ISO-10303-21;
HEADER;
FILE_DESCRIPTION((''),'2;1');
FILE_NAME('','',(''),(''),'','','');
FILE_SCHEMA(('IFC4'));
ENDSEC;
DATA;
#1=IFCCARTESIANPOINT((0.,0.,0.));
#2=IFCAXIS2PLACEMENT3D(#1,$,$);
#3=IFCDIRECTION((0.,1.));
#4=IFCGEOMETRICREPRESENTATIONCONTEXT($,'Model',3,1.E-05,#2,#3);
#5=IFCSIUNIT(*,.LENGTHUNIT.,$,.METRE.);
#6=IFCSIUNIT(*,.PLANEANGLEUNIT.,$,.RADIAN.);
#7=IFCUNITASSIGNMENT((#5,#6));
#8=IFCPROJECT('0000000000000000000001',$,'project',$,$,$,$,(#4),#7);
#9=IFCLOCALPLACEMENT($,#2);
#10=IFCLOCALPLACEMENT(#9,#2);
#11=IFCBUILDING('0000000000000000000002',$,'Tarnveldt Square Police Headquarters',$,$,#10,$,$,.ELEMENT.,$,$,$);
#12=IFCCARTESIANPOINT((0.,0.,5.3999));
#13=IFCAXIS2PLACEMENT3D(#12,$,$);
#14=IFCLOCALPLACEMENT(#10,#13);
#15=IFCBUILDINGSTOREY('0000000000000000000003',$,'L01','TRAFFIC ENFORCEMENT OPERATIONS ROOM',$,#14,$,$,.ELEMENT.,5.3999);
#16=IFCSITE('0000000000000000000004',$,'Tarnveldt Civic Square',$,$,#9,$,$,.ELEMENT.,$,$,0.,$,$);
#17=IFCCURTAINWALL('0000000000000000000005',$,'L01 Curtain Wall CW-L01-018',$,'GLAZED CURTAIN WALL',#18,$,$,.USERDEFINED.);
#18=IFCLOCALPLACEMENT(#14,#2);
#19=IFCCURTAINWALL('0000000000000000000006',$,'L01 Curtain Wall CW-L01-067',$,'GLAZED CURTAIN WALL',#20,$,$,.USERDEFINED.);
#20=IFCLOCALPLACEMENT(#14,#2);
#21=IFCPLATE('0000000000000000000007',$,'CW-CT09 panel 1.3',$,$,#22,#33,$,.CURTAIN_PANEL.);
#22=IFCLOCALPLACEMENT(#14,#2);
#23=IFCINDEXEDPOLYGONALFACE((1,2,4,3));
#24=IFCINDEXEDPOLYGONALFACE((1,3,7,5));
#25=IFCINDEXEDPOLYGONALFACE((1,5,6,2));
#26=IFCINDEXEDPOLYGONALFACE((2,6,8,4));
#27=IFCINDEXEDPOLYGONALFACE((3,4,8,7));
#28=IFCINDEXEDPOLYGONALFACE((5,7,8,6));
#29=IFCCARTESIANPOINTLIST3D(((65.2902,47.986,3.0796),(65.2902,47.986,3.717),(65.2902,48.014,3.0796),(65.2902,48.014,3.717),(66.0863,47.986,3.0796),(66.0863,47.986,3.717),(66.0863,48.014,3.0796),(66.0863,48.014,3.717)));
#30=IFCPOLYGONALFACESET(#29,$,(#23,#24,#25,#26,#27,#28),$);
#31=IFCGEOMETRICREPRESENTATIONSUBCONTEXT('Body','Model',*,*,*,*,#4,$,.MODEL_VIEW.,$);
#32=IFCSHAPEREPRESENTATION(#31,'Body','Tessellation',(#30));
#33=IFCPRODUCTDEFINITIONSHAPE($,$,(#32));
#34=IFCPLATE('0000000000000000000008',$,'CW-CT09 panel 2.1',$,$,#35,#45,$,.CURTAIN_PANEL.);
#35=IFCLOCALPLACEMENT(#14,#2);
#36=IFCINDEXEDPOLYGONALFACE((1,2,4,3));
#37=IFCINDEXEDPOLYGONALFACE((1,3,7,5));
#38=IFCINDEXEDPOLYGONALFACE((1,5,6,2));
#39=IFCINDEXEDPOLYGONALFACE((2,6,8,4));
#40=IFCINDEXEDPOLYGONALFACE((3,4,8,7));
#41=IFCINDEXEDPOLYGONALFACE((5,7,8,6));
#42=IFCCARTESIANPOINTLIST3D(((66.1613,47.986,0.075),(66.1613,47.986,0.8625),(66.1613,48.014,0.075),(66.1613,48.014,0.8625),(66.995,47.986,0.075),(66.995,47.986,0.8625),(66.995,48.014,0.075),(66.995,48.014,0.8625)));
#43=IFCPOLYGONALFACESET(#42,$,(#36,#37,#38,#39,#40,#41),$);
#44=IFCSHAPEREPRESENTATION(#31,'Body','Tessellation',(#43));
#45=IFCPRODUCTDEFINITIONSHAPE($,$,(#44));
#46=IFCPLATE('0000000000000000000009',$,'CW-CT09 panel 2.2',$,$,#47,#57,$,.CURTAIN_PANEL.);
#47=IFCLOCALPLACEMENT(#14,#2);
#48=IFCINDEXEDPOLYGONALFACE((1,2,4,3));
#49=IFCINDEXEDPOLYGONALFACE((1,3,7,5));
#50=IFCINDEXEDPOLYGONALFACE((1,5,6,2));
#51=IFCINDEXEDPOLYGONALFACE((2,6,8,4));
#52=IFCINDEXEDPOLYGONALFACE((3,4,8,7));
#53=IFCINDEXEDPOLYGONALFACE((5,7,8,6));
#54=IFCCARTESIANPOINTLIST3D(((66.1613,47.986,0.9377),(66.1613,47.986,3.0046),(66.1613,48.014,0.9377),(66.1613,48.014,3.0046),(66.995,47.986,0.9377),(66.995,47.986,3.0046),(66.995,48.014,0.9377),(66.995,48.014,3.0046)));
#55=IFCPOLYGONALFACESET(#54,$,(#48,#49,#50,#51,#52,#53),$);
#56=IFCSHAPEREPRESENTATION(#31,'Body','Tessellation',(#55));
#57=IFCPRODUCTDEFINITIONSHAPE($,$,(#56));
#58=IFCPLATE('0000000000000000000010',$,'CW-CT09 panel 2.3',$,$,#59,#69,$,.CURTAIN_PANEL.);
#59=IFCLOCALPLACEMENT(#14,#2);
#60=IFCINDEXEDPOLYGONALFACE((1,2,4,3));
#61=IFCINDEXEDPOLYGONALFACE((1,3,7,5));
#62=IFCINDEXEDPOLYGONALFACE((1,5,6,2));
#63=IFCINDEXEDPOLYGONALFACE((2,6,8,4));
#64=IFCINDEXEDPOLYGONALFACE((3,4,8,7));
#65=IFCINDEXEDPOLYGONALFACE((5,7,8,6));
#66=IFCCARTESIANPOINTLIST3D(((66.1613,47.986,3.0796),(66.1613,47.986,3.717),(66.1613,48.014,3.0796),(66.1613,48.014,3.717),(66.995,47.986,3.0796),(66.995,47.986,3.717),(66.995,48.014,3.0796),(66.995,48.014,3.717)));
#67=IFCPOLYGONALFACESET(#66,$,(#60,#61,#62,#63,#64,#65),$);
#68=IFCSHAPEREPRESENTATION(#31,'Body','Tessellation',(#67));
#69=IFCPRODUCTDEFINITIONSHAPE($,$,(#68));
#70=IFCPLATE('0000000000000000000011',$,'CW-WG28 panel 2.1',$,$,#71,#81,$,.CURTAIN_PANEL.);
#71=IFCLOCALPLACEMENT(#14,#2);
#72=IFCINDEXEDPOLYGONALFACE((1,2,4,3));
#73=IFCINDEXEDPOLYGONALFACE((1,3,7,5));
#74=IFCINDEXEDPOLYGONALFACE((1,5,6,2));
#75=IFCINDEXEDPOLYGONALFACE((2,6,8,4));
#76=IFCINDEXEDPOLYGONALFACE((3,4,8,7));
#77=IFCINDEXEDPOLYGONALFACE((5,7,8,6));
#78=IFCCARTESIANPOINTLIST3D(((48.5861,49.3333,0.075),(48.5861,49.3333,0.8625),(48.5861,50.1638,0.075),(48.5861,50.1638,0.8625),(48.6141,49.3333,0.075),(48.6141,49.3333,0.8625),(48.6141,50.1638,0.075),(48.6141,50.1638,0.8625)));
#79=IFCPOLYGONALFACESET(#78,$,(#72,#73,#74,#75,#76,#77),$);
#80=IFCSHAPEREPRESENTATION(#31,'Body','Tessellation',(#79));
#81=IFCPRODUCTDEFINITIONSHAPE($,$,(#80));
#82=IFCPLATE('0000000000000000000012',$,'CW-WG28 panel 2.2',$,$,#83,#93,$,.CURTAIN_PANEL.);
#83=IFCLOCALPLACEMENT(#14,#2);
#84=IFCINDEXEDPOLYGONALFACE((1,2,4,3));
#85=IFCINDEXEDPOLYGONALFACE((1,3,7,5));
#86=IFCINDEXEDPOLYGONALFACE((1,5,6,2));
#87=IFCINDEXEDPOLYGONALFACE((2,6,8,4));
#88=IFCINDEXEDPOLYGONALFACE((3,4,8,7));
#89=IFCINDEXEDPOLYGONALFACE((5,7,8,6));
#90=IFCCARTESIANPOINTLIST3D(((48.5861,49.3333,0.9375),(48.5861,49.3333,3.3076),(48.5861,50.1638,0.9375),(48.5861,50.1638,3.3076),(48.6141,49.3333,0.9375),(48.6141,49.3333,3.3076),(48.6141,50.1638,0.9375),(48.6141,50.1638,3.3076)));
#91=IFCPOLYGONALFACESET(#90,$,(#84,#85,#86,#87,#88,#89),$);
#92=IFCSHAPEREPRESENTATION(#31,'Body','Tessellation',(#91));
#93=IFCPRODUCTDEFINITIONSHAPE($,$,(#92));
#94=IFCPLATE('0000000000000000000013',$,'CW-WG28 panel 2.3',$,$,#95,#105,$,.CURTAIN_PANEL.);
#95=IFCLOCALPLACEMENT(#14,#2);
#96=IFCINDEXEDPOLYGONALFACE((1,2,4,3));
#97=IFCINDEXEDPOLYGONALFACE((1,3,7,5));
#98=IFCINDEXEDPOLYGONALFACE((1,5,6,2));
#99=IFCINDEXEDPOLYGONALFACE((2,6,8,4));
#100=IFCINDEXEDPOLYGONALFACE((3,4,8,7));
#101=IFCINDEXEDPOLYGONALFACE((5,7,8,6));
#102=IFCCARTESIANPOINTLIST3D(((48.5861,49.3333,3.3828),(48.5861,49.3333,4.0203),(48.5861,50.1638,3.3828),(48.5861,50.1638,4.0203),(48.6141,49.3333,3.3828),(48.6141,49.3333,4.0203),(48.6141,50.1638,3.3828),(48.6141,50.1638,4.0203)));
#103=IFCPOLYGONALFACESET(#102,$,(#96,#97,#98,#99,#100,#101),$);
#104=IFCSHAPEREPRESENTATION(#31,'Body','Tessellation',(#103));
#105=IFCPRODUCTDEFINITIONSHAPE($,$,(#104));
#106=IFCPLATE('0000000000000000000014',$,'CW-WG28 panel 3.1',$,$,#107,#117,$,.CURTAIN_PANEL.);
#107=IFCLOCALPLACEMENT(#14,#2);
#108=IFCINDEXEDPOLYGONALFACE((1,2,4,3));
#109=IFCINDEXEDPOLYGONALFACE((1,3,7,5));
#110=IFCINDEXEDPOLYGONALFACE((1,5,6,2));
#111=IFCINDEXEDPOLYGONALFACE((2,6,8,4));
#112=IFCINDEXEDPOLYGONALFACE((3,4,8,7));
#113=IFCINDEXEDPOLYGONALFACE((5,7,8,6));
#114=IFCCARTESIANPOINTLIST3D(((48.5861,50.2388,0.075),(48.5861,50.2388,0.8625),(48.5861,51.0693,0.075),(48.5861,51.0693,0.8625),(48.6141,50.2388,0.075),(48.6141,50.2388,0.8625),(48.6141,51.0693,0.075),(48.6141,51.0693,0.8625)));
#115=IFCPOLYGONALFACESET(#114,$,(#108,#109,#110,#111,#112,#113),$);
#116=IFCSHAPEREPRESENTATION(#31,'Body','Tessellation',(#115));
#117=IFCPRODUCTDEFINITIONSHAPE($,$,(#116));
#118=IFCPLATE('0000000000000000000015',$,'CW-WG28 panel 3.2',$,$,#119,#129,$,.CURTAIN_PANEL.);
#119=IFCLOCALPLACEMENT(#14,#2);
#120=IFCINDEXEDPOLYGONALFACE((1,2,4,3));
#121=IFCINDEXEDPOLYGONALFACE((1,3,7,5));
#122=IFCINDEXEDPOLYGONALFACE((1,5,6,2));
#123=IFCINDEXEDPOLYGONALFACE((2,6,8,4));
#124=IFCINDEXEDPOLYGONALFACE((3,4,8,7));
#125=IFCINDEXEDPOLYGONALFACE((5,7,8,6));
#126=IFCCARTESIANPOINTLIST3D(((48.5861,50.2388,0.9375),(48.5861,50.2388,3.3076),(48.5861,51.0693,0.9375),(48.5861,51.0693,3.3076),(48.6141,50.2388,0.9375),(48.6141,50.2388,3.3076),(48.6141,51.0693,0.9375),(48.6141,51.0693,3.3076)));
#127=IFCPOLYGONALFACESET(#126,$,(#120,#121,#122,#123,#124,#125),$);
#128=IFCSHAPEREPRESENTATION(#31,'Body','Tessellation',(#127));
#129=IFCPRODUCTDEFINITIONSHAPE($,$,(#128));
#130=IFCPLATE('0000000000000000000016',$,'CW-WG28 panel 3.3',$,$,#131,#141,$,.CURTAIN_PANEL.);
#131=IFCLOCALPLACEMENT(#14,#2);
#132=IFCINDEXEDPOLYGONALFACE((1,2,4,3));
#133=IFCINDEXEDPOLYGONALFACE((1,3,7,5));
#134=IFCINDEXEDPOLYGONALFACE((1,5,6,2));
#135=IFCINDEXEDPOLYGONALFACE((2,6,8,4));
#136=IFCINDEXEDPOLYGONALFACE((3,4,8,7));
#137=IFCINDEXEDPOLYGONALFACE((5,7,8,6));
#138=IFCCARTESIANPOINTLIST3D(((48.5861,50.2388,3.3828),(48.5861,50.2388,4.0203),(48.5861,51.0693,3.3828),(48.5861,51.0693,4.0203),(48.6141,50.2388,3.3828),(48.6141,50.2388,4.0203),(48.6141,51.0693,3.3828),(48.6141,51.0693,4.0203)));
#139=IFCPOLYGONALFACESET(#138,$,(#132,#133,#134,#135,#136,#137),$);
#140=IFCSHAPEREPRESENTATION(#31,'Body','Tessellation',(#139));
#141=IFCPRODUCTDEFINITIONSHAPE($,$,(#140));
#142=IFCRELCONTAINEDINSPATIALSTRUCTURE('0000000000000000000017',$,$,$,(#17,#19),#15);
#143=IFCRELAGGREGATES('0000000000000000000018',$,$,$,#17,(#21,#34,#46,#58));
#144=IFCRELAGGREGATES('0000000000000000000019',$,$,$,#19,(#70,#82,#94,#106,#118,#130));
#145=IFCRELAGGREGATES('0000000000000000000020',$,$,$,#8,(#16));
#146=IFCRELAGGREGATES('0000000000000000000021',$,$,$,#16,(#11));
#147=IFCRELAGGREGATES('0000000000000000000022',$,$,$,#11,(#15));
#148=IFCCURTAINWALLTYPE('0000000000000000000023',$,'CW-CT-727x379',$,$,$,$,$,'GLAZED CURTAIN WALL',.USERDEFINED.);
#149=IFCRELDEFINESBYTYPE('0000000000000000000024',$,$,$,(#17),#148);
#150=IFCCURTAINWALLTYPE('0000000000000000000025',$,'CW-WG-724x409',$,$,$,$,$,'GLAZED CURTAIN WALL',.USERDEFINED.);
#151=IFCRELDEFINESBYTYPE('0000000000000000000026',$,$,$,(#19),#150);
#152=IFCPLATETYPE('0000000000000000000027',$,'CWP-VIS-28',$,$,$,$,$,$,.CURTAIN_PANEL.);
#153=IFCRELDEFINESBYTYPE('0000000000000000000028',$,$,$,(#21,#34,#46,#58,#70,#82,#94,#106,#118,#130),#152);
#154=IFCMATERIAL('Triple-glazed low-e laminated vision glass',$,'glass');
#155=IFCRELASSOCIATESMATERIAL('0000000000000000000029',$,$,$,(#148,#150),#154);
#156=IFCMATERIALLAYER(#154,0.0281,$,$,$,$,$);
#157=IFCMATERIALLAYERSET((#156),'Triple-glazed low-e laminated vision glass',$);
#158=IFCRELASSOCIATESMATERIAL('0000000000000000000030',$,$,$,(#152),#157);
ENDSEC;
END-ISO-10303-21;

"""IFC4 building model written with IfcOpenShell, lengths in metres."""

from ifc_helpers import new_model, si_unit, direction, frame, origin, origin_2d, place, context, subcontext, project, spatial, rectangle, extrude, material, layer, layer_set, type_object, element, aggregate, save


model = new_model("IFC4")

# Units and contexts
model_context = context("Model", 3, precision=1e-05, world=origin(), true_north=direction((0.0, 1.0)))
body_context = subcontext(model_context, "Body", "Model", "MODEL_VIEW")
ifc_project = project(units=[si_unit("LENGTHUNIT", "METRE"), si_unit("PLANEANGLEUNIT", "RADIAN")], contexts=[model_context])

# Site, building, storey
site_placement = place(None, origin())
site = spatial("IfcSite", under=ifc_project, at=site_placement, Name="Tarnveldt Civic Square", CompositionType="ELEMENT", RefElevation=0.0)
building_placement = place(site_placement, origin())
building = spatial("IfcBuilding", under=site, at=building_placement, Name="Tarnveldt Square Police Headquarters", CompositionType="ELEMENT")
storey_placement = place(building_placement, frame((0.0, 0.0, 5.3999)))
storey = spatial("IfcBuildingStorey", under=building, at=storey_placement, Name="L01", Description="TRAFFIC ENFORCEMENT OPERATIONS ROOM", CompositionType="ELEMENT", Elevation=5.3999)

# Curtain walls
ifc_material_1 = material(Name="Triple-glazed low-e laminated vision glass", Category="glass")
curtain_wall_type_1 = type_object("IfcCurtainWallType", Name="CW-CT-727x379", ElementType="GLAZED CURTAIN WALL", PredefinedType="USERDEFINED", material=ifc_material_1)
curtain_wall_1_placement = place(storey_placement, origin())
curtain_wall_1 = element("IfcCurtainWall", 1, at=curtain_wall_1_placement, inside=storey, type_object=curtain_wall_type_1, Name="L01 Curtain Wall CW-L01-018", ObjectType="GLAZED CURTAIN WALL", PredefinedType="USERDEFINED")
curtain_wall_type_2 = type_object("IfcCurtainWallType", Name="CW-WG-724x409", ElementType="GLAZED CURTAIN WALL", PredefinedType="USERDEFINED", material=ifc_material_1)
curtain_wall_2_placement = place(storey_placement, origin())
curtain_wall_2 = element("IfcCurtainWall", 2, at=curtain_wall_2_placement, inside=storey, type_object=curtain_wall_type_2, Name="L01 Curtain Wall CW-L01-067", ObjectType="GLAZED CURTAIN WALL", PredefinedType="USERDEFINED")

# Plates
ifc_layer = layer(ifc_material_1, 0.0281)
ifc_layer_set = layer_set([ifc_layer], Name="Triple-glazed low-e laminated vision glass")
plate_type = type_object("IfcPlateType", Name="CWP-VIS-28", PredefinedType="CURTAIN_PANEL", material=ifc_layer_set)
plate_1_placement = place(storey_placement, frame((65.6882, 48.0, 3.0796), z_axis=(0.0, 0.0, 1.0), x_axis=(1.0, 0.0, 0.0)))
plate_1 = element("IfcPlate", 3, at=plate_1_placement, type_object=plate_type, Name="CW-CT09 panel 1.3", PredefinedType="CURTAIN_PANEL", context=body_context, shape_type="SweptSolid", body=[
    extrude(rectangle(XDim=0.7961, YDim=0.0281, at=origin_2d()), origin(), (0.0, 0.0, 1.0), 0.6375),
])
plate_2_placement = place(storey_placement, frame((66.5781, 48.0, 0.075), z_axis=(0.0, 0.0, 1.0), x_axis=(1.0, 0.0, 0.0)))
plate_2 = element("IfcPlate", 4, at=plate_2_placement, type_object=plate_type, Name="CW-CT09 panel 2.1", PredefinedType="CURTAIN_PANEL", context=body_context, shape_type="SweptSolid", body=[
    extrude(rectangle(XDim=0.8337, YDim=0.0281, at=origin_2d()), origin(), (0.0, 0.0, 1.0), 0.7876),
])
plate_3_placement = place(storey_placement, frame((66.5781, 48.0, 0.9377), z_axis=(0.0, 0.0, 1.0), x_axis=(1.0, 0.0, 0.0)))
plate_3 = element("IfcPlate", 5, at=plate_3_placement, type_object=plate_type, Name="CW-CT09 panel 2.2", PredefinedType="CURTAIN_PANEL", context=body_context, shape_type="SweptSolid", body=[
    extrude(rectangle(XDim=0.8337, YDim=0.0281, at=origin_2d()), origin(), (0.0, 0.0, 1.0), 2.0669),
])
plate_4_placement = place(storey_placement, frame((66.5781, 48.0, 3.0796), z_axis=(0.0, 0.0, 1.0), x_axis=(1.0, 0.0, 0.0)))
plate_4 = element("IfcPlate", 6, at=plate_4_placement, type_object=plate_type, Name="CW-CT09 panel 2.3", PredefinedType="CURTAIN_PANEL", context=body_context, shape_type="SweptSolid", body=[
    extrude(rectangle(XDim=0.8337, YDim=0.0281, at=origin_2d()), origin(), (0.0, 0.0, 1.0), 0.6375),
])
aggregate(curtain_wall_1, [plate_1, plate_2, plate_3, plate_4])
plate_5_placement = place(storey_placement, frame((48.6001, 49.7485, 0.075), z_axis=(0.0, 0.0, 1.0), x_axis=(0.0, 1.0, 0.0)))
plate_5 = element("IfcPlate", 7, at=plate_5_placement, type_object=plate_type, Name="CW-WG28 panel 2.1", PredefinedType="CURTAIN_PANEL", context=body_context, shape_type="SweptSolid", body=[
    extrude(rectangle(XDim=0.8306, YDim=0.0281, at=origin_2d()), origin(), (0.0, 0.0, 1.0), 0.7876),
])
plate_6_placement = place(storey_placement, frame((48.6001, 49.7485, 0.9375), z_axis=(0.0, 0.0, 1.0), x_axis=(0.0, 1.0, 0.0)))
plate_6 = element("IfcPlate", 8, at=plate_6_placement, type_object=plate_type, Name="CW-WG28 panel 2.2", PredefinedType="CURTAIN_PANEL", context=body_context, shape_type="SweptSolid", body=[
    extrude(rectangle(XDim=0.8306, YDim=0.0281, at=origin_2d()), origin(), (0.0, 0.0, 1.0), 2.3701),
])
plate_7_placement = place(storey_placement, frame((48.6001, 49.7485, 3.3828), z_axis=(0.0, 0.0, 1.0), x_axis=(0.0, 1.0, 0.0)))
plate_7 = element("IfcPlate", 9, at=plate_7_placement, type_object=plate_type, Name="CW-WG28 panel 2.3", PredefinedType="CURTAIN_PANEL", context=body_context, shape_type="SweptSolid", body=[
    extrude(rectangle(XDim=0.8306, YDim=0.0281, at=origin_2d()), origin(), (0.0, 0.0, 1.0), 0.6375),
])
plate_8_placement = place(storey_placement, frame((48.6001, 50.6541, 0.075), z_axis=(0.0, 0.0, 1.0), x_axis=(0.0, 1.0, 0.0)))
plate_8 = element("IfcPlate", 10, at=plate_8_placement, type_object=plate_type, Name="CW-WG28 panel 3.1", PredefinedType="CURTAIN_PANEL", context=body_context, shape_type="SweptSolid", body=[
    extrude(rectangle(XDim=0.8306, YDim=0.0281, at=origin_2d()), origin(), (0.0, 0.0, 1.0), 0.7876),
])
plate_9_placement = place(storey_placement, frame((48.6001, 50.6541, 0.9375), z_axis=(0.0, 0.0, 1.0), x_axis=(0.0, 1.0, 0.0)))
plate_9 = element("IfcPlate", 11, at=plate_9_placement, type_object=plate_type, Name="CW-WG28 panel 3.2", PredefinedType="CURTAIN_PANEL", context=body_context, shape_type="SweptSolid", body=[
    extrude(rectangle(XDim=0.8306, YDim=0.0281, at=origin_2d()), origin(), (0.0, 0.0, 1.0), 2.3701),
])
plate_10_placement = place(storey_placement, frame((48.6001, 50.6541, 3.3828), z_axis=(0.0, 0.0, 1.0), x_axis=(0.0, 1.0, 0.0)))
plate_10 = element("IfcPlate", 12, at=plate_10_placement, type_object=plate_type, Name="CW-WG28 panel 3.3", PredefinedType="CURTAIN_PANEL", context=body_context, shape_type="SweptSolid", body=[
    extrude(rectangle(XDim=0.8306, YDim=0.0281, at=origin_2d()), origin(), (0.0, 0.0, 1.0), 0.6375),
])
aggregate(curtain_wall_2, [plate_5, plate_6, plate_7, plate_8, plate_9, plate_10])

save(model, "model.ifc")
